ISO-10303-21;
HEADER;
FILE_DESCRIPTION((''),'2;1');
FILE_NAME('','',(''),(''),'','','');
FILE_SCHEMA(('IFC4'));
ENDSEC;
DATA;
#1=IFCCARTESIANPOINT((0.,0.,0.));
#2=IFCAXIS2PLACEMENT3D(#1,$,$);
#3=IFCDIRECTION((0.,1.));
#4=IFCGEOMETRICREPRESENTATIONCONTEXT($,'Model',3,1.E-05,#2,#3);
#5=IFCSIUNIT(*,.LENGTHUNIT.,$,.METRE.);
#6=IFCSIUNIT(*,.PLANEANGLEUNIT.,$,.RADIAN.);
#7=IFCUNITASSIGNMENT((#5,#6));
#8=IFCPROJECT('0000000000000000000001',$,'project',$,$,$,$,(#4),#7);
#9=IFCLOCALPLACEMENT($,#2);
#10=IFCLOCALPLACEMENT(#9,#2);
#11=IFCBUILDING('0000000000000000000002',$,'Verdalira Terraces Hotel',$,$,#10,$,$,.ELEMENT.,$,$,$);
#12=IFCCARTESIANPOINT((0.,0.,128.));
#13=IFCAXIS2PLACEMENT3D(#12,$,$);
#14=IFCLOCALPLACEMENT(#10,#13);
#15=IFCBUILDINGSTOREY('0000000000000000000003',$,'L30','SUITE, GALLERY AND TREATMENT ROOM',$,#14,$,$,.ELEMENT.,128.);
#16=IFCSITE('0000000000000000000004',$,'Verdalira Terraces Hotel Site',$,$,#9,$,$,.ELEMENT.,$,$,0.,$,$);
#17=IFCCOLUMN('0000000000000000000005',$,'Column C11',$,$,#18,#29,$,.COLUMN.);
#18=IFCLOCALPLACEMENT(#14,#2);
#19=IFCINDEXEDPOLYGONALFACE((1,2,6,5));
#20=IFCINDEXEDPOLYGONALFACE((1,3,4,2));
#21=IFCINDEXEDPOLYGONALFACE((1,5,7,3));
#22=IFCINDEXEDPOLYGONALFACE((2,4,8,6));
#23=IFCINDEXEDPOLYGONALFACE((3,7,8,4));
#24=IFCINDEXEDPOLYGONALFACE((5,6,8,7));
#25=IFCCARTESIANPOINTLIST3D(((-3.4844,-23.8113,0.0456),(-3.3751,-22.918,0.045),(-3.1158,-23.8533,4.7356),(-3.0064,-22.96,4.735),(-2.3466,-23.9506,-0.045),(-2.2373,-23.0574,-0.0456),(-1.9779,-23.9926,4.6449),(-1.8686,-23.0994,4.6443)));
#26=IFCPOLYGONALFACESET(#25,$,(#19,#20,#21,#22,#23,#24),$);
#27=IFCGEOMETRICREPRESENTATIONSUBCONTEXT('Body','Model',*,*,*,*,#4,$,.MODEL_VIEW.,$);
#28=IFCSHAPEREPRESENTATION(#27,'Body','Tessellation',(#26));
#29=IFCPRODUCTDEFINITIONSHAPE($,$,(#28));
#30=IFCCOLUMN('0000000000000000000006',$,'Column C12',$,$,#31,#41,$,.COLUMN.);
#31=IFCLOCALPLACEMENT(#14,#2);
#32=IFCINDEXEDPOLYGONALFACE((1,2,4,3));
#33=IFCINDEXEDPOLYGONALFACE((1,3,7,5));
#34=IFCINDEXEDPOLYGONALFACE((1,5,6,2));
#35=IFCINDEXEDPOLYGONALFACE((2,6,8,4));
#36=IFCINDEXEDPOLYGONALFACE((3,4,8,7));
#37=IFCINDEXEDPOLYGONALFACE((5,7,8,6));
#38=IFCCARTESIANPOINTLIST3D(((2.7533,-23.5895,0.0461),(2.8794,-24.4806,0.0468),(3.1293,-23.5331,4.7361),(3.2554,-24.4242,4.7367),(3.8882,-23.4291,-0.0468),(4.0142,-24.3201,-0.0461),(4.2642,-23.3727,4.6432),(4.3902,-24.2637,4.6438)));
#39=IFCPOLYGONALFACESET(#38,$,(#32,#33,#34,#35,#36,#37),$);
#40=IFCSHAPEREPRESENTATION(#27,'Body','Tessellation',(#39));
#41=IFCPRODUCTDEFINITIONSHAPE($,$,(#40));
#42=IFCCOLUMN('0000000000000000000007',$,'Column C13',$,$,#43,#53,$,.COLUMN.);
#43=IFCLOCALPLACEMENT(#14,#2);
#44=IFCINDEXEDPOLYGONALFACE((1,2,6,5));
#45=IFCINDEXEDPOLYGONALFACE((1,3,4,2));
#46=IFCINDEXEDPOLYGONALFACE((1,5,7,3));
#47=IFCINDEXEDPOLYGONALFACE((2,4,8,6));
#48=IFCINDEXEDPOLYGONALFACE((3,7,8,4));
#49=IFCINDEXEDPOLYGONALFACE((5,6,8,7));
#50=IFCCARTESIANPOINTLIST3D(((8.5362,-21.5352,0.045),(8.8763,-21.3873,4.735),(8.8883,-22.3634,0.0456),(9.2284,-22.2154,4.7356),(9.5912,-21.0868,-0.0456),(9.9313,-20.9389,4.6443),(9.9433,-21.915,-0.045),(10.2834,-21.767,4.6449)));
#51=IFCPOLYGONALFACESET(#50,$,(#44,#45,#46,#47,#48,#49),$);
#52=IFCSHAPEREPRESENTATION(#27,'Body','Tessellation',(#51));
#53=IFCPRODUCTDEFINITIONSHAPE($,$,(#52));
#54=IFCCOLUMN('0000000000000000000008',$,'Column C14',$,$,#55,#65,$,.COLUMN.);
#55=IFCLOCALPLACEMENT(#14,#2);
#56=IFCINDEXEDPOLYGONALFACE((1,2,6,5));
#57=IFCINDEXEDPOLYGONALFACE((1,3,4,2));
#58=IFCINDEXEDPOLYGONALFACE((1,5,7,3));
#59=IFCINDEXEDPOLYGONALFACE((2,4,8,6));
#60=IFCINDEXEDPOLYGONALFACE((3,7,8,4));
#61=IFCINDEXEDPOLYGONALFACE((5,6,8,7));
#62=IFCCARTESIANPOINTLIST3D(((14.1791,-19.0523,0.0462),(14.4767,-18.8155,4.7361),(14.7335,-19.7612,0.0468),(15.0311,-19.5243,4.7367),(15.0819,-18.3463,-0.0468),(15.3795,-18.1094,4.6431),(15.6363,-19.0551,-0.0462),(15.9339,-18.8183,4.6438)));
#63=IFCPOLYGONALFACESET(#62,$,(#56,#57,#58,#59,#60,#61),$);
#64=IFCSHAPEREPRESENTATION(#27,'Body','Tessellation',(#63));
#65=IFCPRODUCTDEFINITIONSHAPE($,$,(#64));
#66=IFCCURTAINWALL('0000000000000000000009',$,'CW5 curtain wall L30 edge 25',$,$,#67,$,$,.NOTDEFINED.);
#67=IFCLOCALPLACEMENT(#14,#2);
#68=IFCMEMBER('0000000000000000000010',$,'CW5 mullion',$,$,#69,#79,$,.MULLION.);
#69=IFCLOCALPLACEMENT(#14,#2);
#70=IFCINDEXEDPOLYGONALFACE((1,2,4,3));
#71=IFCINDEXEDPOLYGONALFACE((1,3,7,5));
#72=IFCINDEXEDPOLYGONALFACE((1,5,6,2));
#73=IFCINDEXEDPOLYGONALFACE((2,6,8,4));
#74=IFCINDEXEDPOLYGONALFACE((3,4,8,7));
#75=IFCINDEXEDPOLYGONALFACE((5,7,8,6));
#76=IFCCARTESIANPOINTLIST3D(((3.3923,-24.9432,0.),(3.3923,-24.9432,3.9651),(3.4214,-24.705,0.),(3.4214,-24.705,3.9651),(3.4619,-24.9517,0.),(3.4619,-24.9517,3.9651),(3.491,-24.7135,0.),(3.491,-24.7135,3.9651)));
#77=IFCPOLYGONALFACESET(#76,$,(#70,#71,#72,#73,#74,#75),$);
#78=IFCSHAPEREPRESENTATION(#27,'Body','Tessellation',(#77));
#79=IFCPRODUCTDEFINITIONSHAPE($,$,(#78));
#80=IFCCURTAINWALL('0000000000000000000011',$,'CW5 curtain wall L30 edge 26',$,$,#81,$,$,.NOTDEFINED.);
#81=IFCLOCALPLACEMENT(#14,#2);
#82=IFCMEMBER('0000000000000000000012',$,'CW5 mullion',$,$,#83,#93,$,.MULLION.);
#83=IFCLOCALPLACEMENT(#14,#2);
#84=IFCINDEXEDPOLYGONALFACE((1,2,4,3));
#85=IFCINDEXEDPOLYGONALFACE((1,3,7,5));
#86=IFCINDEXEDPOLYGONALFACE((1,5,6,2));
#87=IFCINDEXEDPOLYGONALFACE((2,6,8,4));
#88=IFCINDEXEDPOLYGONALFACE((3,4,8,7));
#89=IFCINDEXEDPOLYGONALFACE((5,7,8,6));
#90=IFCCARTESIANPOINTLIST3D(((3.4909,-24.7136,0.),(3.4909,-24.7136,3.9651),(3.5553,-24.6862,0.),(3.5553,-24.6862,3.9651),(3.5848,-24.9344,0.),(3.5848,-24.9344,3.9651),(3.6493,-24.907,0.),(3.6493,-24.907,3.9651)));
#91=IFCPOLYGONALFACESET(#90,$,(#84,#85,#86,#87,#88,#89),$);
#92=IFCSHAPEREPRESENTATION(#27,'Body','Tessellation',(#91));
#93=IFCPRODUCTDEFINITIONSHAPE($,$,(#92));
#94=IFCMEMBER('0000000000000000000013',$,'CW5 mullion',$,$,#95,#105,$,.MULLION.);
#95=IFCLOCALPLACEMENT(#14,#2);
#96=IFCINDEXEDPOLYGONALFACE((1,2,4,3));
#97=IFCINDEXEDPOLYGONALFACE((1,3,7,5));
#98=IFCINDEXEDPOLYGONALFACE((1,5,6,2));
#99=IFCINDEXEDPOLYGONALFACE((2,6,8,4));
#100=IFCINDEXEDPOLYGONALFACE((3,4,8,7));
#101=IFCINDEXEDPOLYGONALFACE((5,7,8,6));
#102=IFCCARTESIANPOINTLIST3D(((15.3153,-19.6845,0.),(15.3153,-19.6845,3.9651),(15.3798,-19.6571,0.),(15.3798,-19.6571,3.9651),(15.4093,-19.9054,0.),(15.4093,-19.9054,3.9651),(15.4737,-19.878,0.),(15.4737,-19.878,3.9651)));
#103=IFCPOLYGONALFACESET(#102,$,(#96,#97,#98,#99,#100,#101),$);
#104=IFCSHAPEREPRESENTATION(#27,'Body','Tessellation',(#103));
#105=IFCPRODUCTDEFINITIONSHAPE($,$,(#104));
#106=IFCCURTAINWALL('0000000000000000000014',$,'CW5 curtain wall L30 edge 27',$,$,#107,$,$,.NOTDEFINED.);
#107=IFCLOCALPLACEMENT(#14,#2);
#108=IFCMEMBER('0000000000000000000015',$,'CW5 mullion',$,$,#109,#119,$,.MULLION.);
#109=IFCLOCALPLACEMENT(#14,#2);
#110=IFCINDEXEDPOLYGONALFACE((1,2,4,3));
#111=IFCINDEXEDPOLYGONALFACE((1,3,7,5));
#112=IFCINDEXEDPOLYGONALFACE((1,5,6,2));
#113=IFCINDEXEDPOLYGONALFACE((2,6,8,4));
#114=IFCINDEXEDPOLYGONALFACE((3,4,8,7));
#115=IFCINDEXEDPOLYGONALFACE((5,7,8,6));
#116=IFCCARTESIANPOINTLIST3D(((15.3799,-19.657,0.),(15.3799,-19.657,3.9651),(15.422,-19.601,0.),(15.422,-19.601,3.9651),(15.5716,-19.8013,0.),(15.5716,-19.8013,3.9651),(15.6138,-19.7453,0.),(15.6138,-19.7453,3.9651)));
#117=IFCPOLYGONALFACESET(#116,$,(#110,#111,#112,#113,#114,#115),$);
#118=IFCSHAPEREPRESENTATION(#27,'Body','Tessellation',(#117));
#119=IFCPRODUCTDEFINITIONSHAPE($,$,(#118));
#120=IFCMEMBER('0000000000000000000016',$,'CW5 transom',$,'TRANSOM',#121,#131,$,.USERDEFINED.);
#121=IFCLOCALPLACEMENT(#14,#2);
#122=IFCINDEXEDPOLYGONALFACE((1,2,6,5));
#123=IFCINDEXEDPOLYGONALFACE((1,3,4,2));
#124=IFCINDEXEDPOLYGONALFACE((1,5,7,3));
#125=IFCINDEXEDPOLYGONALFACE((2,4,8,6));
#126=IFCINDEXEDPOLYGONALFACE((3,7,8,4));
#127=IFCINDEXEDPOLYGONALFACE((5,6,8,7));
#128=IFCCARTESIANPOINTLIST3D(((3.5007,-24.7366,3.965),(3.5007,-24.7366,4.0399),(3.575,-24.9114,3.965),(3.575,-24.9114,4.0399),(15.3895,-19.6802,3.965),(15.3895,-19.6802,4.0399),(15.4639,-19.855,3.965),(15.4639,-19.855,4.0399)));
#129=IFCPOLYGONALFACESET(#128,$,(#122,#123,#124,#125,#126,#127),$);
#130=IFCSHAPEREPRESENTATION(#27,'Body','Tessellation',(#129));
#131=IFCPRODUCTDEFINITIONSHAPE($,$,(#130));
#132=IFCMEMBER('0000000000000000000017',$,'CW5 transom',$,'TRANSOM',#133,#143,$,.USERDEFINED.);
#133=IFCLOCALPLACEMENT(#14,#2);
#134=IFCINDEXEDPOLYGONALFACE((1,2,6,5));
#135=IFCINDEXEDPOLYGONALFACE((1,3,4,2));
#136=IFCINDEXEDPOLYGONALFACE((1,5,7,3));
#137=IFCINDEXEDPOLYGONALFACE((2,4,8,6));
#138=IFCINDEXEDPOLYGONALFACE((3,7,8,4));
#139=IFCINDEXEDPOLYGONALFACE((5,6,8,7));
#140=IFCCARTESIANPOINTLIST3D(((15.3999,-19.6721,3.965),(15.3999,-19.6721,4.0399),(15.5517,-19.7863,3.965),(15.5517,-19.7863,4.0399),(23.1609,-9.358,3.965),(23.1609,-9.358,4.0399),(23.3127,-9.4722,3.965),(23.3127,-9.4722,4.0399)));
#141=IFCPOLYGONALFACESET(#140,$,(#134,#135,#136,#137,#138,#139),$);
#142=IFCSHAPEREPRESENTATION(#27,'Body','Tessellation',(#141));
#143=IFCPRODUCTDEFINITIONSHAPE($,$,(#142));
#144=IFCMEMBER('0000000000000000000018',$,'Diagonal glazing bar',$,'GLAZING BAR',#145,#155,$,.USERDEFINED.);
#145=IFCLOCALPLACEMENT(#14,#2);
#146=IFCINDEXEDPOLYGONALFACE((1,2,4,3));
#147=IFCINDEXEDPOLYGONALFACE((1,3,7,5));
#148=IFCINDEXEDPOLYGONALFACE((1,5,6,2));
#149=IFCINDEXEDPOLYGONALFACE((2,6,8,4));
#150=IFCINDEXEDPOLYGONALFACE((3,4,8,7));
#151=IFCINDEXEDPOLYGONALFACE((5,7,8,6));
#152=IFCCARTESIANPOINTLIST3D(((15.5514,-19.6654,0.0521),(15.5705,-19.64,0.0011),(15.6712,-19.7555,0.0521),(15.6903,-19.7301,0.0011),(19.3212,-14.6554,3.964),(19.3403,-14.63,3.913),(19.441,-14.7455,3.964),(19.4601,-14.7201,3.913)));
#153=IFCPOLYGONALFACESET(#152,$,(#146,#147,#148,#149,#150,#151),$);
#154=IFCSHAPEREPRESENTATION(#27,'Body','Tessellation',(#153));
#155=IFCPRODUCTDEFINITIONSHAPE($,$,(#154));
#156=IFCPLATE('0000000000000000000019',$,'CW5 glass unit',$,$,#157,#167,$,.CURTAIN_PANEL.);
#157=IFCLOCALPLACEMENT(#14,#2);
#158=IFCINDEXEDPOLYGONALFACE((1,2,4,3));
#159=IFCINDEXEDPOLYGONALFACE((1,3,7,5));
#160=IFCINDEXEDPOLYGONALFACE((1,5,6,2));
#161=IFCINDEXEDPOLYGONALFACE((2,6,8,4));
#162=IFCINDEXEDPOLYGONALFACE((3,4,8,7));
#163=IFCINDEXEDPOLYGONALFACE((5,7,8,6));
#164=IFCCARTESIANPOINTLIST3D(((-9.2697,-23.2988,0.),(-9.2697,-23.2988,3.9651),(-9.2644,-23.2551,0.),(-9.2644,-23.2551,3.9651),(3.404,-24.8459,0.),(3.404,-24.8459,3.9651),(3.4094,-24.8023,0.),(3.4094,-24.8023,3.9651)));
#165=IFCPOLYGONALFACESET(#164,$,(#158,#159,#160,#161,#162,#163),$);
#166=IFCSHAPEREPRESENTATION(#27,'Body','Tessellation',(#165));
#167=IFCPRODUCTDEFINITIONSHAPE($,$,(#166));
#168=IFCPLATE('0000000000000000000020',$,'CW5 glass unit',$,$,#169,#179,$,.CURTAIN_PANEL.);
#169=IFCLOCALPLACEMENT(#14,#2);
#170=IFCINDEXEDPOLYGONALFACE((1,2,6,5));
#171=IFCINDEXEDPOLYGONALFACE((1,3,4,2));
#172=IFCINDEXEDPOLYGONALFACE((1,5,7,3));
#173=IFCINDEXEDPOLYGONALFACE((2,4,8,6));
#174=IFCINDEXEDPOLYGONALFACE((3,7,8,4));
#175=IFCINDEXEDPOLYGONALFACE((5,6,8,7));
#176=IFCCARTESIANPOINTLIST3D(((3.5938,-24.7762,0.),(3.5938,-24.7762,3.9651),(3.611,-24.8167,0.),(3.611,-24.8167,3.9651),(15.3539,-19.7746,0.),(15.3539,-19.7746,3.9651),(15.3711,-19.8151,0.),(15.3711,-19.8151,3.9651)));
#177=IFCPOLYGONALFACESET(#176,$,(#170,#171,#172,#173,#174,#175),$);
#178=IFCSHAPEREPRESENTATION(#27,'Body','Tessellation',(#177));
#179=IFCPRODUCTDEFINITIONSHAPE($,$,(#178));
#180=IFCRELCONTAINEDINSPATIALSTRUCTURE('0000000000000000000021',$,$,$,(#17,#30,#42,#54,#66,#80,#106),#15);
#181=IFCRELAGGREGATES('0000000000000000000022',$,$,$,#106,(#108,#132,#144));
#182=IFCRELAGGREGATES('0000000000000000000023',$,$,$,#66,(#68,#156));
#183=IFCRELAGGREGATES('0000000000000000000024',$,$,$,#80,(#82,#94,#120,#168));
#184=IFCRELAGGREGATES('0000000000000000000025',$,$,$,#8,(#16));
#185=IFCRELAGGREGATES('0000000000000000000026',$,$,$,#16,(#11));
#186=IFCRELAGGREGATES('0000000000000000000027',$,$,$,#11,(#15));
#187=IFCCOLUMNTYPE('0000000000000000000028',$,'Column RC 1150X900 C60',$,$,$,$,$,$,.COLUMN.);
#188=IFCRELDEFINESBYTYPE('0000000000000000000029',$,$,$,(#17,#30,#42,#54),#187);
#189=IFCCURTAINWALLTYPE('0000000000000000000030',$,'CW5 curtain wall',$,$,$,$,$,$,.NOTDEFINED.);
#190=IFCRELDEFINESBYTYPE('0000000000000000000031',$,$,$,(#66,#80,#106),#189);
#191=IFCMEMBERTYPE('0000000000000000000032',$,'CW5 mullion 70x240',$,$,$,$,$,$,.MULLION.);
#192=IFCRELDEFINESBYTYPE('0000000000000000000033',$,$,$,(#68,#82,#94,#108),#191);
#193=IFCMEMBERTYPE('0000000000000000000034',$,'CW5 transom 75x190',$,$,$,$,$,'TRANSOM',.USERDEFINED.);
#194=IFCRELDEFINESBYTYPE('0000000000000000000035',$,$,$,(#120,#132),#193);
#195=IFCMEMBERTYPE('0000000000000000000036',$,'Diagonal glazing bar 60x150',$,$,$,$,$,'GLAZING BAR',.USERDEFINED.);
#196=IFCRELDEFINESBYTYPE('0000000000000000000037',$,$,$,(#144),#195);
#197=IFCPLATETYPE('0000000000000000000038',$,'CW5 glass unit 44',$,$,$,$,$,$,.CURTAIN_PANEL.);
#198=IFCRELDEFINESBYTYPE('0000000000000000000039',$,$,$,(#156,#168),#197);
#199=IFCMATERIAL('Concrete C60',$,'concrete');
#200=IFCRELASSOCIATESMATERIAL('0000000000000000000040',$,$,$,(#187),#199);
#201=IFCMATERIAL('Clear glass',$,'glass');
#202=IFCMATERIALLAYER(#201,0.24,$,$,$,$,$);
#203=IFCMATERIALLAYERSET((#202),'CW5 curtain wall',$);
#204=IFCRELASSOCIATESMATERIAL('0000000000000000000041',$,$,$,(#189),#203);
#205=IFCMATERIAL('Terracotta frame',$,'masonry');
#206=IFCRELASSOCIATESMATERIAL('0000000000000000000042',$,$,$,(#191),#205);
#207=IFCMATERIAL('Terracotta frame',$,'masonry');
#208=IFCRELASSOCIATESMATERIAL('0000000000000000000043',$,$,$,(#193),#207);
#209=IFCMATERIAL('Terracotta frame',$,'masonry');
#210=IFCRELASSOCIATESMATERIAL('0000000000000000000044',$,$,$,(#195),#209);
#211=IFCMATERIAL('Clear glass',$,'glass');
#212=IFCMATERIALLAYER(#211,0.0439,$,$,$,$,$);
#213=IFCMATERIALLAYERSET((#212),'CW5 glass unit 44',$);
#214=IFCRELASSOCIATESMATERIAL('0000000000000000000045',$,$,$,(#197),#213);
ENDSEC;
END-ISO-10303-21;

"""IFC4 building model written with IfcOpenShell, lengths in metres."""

from ifc_helpers import new_model, si_unit, direction, frame, origin, origin_2d, place, context, subcontext, project, spatial, rectangle, extrude, material, layer, layer_set, material_profile, profile_set, type_object, element, aggregate, save


model = new_model("IFC4")

# Units and contexts
model_context = context("Model", 3, precision=1e-05, world=origin(), true_north=direction((0.0, 1.0)))
body_context = subcontext(model_context, "Body", "Model", "MODEL_VIEW")
ifc_project = project(units=[si_unit("LENGTHUNIT", "METRE"), si_unit("PLANEANGLEUNIT", "RADIAN")], contexts=[model_context])

# Site, building, storey
site_placement = place(None, origin())
site = spatial("IfcSite", under=ifc_project, at=site_placement, Name="Verdalira Terraces Hotel Site", CompositionType="ELEMENT", RefElevation=0.0)
building_placement = place(site_placement, origin())
building = spatial("IfcBuilding", under=site, at=building_placement, Name="Verdalira Terraces Hotel", CompositionType="ELEMENT")
storey_placement = place(building_placement, frame((0.0, 0.0, 128.0)))
storey = spatial("IfcBuildingStorey", under=building, at=storey_placement, Name="L30", Description="SUITE, GALLERY AND TREATMENT ROOM", CompositionType="ELEMENT", Elevation=128.0)

# Columns
ifc_material_1 = material(Name="Concrete C60", Category="concrete")
ifc_material_profile_1 = material_profile(ifc_material_1, rectangle(XDim=1.1499, YDim=0.8999, at=origin_2d()), Name="RC 1150X900")
ifc_profile_set_1 = profile_set([ifc_material_profile_1], Name="Concrete C60")
column_type = type_object("IfcColumnType", Name="Column RC 1150X900 C60", PredefinedType="COLUMN", material=ifc_profile_set_1)
column_1_placement = place(storey_placement, frame((-2.8608, -23.4343, 0.0), z_axis=(0.07836, -0.008926, 0.996885), x_axis=(0.989494, -0.121169, -0.078864)))
element("IfcColumn", 1, at=column_1_placement, inside=storey, type_object=column_type, Name="Column C11", PredefinedType="COLUMN", context=body_context, shape_type="SweptSolid", body=[
    extrude(rectangle(XDim=1.1499, YDim=0.8999, at=origin_2d()), origin(), (0.0, 0.0, 1.0), 4.7046),
])
column_2_placement = place(storey_placement, frame((3.3838, -23.9548, 0.0), z_axis=(0.079904, 0.011986, 0.99673), x_axis=(-0.986915, -0.139538, 0.080796)))
element("IfcColumn", 2, at=column_2_placement, inside=storey, type_object=column_type, Name="Column C12", PredefinedType="COLUMN", context=body_context, shape_type="SweptSolid", body=[
    extrude(rectangle(XDim=1.1499, YDim=0.8999, at=origin_2d()), origin(), (0.0, 0.0, 1.0), 4.7053),
])
column_3_placement = place(storey_placement, frame((9.2397, -21.7251, 0.0), z_axis=(0.072289, 0.031448, 0.996888), x_axis=(0.917453, 0.389957, -0.07883)))
element("IfcColumn", 3, at=column_3_placement, inside=storey, type_object=column_type, Name="Column C13", PredefinedType="COLUMN", context=body_context, shape_type="SweptSolid", body=[
    extrude(rectangle(XDim=1.1499, YDim=0.8999, at=origin_2d()), origin(), (0.0, 0.0, 1.0), 4.7046),
])
column_4_placement = place(storey_placement, frame((14.9077, -19.0537, 0.0), z_axis=(0.063249, 0.050329, 0.996728), x_axis=(-0.78514, -0.614021, 0.080827)))
element("IfcColumn", 4, at=column_4_placement, inside=storey, type_object=column_type, Name="Column C14", PredefinedType="COLUMN", context=body_context, shape_type="SweptSolid", body=[
    extrude(rectangle(XDim=1.1499, YDim=0.8999, at=origin_2d()), origin(), (0.0, 0.0, 1.0), 4.7053),
])

# Curtain wall, member
ifc_material_2 = material(Name="Clear glass", Category="glass")
ifc_layer_1 = layer(ifc_material_2, 0.24)
ifc_layer_set_1 = layer_set([ifc_layer_1], Name="CW5 curtain wall")
curtain_wall_type = type_object("IfcCurtainWallType", Name="CW5 curtain wall", PredefinedType="NOTDEFINED", material=ifc_layer_set_1)
curtain_wall_1_placement = place(storey_placement, origin())
curtain_wall_1 = element("IfcCurtainWall", 5, at=curtain_wall_1_placement, inside=storey, type_object=curtain_wall_type, Name="CW5 curtain wall L30 edge 25", PredefinedType="NOTDEFINED")
ifc_material_3 = material(Name="Terracotta frame", Category="masonry")
ifc_material_profile_2 = material_profile(ifc_material_3, rectangle(XDim=0.0701, YDim=0.24, at=origin_2d()), Name="MU 70x240")
ifc_profile_set_2 = profile_set([ifc_material_profile_2], Name="Terracotta frame")
member_type_1 = type_object("IfcMemberType", Name="CW5 mullion 70x240", PredefinedType="MULLION", material=ifc_profile_set_2)
member_1_placement = place(storey_placement, frame((3.4417, -24.8284, 0.0), z_axis=(0.0, 0.0, 1.0), x_axis=(0.992631, -0.121176, 0.0)))
member_1 = element("IfcMember", 6, at=member_1_placement, type_object=member_type_1, Name="CW5 mullion", PredefinedType="MULLION", context=body_context, shape_type="SweptSolid", body=[
    extrude(rectangle(XDim=0.0701, YDim=0.24, at=origin_2d()), origin(), (0.0, 0.0, 1.0), 3.9651),
])

# Curtain wall, members
curtain_wall_2_placement = place(storey_placement, origin())
curtain_wall_2 = element("IfcCurtainWall", 7, at=curtain_wall_2_placement, inside=storey, type_object=curtain_wall_type, Name="CW5 curtain wall L30 edge 26", PredefinedType="NOTDEFINED")
member_2_placement = place(storey_placement, frame((3.5701, -24.8103, 0.0), z_axis=(0.0, 0.0, 1.0), x_axis=(0.920232, 0.391374, 0.0)))
member_2 = element("IfcMember", 8, at=member_2_placement, type_object=member_type_1, Name="CW5 mullion", PredefinedType="MULLION", context=body_context, shape_type="SweptSolid", body=[
    extrude(rectangle(XDim=0.0701, YDim=0.24, at=origin_2d()), origin(), (0.0, 0.0, 1.0), 3.9651),
])
member_3_placement = place(storey_placement, frame((15.3945, -19.7812, 0.0), z_axis=(0.0, 0.0, 1.0), x_axis=(0.920232, 0.391374, 0.0)))
member_3 = element("IfcMember", 9, at=member_3_placement, type_object=member_type_1, Name="CW5 mullion", PredefinedType="MULLION", context=body_context, shape_type="SweptSolid", body=[
    extrude(rectangle(XDim=0.0701, YDim=0.24, at=origin_2d()), origin(), (0.0, 0.0, 1.0), 3.9651),
])

# Curtain wall, member
curtain_wall_3_placement = place(storey_placement, origin())
curtain_wall_3 = element("IfcCurtainWall", 10, at=curtain_wall_3_placement, inside=storey, type_object=curtain_wall_type, Name="CW5 curtain wall L30 edge 27", PredefinedType="NOTDEFINED")
member_4_placement = place(storey_placement, frame((15.4968, -19.7012, 0.0), z_axis=(0.0, 0.0, 1.0), x_axis=(0.601257, 0.799055, 0.0)))
member_4 = element("IfcMember", 11, at=member_4_placement, type_object=member_type_1, Name="CW5 mullion", PredefinedType="MULLION", context=body_context, shape_type="SweptSolid", body=[
    extrude(rectangle(XDim=0.0701, YDim=0.24, at=origin_2d()), origin(), (0.0, 0.0, 1.0), 3.9651),
])

# Members
ifc_material_4 = material(Name="Terracotta frame", Category="masonry")
ifc_material_profile_3 = material_profile(ifc_material_4, rectangle(XDim=0.1899, YDim=0.075, at=origin_2d()), Name="TR 75x190")
ifc_profile_set_3 = profile_set([ifc_material_profile_3], Name="Terracotta frame")
member_type_2 = type_object("IfcMemberType", Name="CW5 transom 75x190", ElementType="TRANSOM", PredefinedType="USERDEFINED", material=ifc_profile_set_3)
member_5_placement = place(storey_placement, frame((3.5378, -24.824, 4.0024), z_axis=(0.92023, 0.391377, 0.0), x_axis=(-0.391377, 0.92023, 0.0)))
member_5 = element("IfcMember", 12, at=member_5_placement, type_object=member_type_2, Name="CW5 transom", ObjectType="TRANSOM", PredefinedType="USERDEFINED", context=body_context, shape_type="SweptSolid", body=[
    extrude(rectangle(XDim=0.1899, YDim=0.075, at=origin_2d()), origin(), (0.0, 0.0, 1.0), 12.9194),
])
member_6_placement = place(storey_placement, frame((15.4758, -19.7292, 4.0024), z_axis=(0.601255, 0.799057, 0.0), x_axis=(-0.799057, 0.601255, 0.0)))
member_6 = element("IfcMember", 13, at=member_6_placement, type_object=member_type_2, Name="CW5 transom", ObjectType="TRANSOM", PredefinedType="USERDEFINED", context=body_context, shape_type="SweptSolid", body=[
    extrude(rectangle(XDim=0.1899, YDim=0.075, at=origin_2d()), origin(), (0.0, 0.0, 1.0), 12.908),
])
ifc_material_5 = material(Name="Terracotta frame", Category="masonry")
ifc_material_profile_4 = material_profile(ifc_material_5, rectangle(XDim=0.1499, YDim=0.0601, at=origin_2d()), Name="GB 60x150")
ifc_profile_set_4 = profile_set([ifc_material_profile_4], Name="Terracotta frame")
member_type_3 = type_object("IfcMemberType", Name="Diagonal glazing bar 60x150", ElementType="GLAZING BAR", PredefinedType="USERDEFINED", material=ifc_profile_set_4)
member_7_placement = place(storey_placement, frame((15.6209, -19.6978, 0.0266), z_axis=(0.510109, 0.677932, 0.529336), x_axis=(-0.79906, 0.601252, 0.0)))
member_7 = element("IfcMember", 14, at=member_7_placement, type_object=member_type_3, Name="Diagonal glazing bar", ObjectType="GLAZING BAR", PredefinedType="USERDEFINED", context=body_context, shape_type="SweptSolid", body=[
    extrude(rectangle(XDim=0.1499, YDim=0.0601, at=origin_2d()), origin(), (0.0, 0.0, 1.0), 7.3901),
])
aggregate(curtain_wall_3, [member_4, member_6, member_7])

# Plates
ifc_material_6 = material(Name="Clear glass", Category="glass")
ifc_layer_2 = layer(ifc_material_6, 0.0439)
ifc_layer_set_2 = layer_set([ifc_layer_2], Name="CW5 glass unit 44")
plate_type = type_object("IfcPlateType", Name="CW5 glass unit 44", PredefinedType="CURTAIN_PANEL", material=ifc_layer_set_2)
plate_1_placement = place(storey_placement, frame((-2.9302, -24.0505, 0.0), z_axis=(0.0, 0.0, 1.0), x_axis=(0.992631, -0.121176, 0.0)))
plate_1 = element("IfcPlate", 15, at=plate_1_placement, type_object=plate_type, Name="CW5 glass unit", PredefinedType="CURTAIN_PANEL", context=body_context, shape_type="SweptSolid", body=[
    extrude(rectangle(XDim=12.7678, YDim=0.0439, at=origin_2d()), origin(), (0.0, 0.0, 1.0), 3.9651),
])
aggregate(curtain_wall_1, [member_1, plate_1])
plate_2_placement = place(storey_placement, frame((9.4824, -22.2957, 0.0), z_axis=(0.0, 0.0, 1.0), x_axis=(0.920232, 0.391374, 0.0)))
plate_2 = element("IfcPlate", 16, at=plate_2_placement, type_object=plate_type, Name="CW5 glass unit", PredefinedType="CURTAIN_PANEL", context=body_context, shape_type="SweptSolid", body=[
    extrude(rectangle(XDim=12.7795, YDim=0.0439, at=origin_2d()), origin(), (0.0, 0.0, 1.0), 3.9651),
])
aggregate(curtain_wall_2, [member_2, member_3, member_5, plate_2])

save(model, "model.ifc")
